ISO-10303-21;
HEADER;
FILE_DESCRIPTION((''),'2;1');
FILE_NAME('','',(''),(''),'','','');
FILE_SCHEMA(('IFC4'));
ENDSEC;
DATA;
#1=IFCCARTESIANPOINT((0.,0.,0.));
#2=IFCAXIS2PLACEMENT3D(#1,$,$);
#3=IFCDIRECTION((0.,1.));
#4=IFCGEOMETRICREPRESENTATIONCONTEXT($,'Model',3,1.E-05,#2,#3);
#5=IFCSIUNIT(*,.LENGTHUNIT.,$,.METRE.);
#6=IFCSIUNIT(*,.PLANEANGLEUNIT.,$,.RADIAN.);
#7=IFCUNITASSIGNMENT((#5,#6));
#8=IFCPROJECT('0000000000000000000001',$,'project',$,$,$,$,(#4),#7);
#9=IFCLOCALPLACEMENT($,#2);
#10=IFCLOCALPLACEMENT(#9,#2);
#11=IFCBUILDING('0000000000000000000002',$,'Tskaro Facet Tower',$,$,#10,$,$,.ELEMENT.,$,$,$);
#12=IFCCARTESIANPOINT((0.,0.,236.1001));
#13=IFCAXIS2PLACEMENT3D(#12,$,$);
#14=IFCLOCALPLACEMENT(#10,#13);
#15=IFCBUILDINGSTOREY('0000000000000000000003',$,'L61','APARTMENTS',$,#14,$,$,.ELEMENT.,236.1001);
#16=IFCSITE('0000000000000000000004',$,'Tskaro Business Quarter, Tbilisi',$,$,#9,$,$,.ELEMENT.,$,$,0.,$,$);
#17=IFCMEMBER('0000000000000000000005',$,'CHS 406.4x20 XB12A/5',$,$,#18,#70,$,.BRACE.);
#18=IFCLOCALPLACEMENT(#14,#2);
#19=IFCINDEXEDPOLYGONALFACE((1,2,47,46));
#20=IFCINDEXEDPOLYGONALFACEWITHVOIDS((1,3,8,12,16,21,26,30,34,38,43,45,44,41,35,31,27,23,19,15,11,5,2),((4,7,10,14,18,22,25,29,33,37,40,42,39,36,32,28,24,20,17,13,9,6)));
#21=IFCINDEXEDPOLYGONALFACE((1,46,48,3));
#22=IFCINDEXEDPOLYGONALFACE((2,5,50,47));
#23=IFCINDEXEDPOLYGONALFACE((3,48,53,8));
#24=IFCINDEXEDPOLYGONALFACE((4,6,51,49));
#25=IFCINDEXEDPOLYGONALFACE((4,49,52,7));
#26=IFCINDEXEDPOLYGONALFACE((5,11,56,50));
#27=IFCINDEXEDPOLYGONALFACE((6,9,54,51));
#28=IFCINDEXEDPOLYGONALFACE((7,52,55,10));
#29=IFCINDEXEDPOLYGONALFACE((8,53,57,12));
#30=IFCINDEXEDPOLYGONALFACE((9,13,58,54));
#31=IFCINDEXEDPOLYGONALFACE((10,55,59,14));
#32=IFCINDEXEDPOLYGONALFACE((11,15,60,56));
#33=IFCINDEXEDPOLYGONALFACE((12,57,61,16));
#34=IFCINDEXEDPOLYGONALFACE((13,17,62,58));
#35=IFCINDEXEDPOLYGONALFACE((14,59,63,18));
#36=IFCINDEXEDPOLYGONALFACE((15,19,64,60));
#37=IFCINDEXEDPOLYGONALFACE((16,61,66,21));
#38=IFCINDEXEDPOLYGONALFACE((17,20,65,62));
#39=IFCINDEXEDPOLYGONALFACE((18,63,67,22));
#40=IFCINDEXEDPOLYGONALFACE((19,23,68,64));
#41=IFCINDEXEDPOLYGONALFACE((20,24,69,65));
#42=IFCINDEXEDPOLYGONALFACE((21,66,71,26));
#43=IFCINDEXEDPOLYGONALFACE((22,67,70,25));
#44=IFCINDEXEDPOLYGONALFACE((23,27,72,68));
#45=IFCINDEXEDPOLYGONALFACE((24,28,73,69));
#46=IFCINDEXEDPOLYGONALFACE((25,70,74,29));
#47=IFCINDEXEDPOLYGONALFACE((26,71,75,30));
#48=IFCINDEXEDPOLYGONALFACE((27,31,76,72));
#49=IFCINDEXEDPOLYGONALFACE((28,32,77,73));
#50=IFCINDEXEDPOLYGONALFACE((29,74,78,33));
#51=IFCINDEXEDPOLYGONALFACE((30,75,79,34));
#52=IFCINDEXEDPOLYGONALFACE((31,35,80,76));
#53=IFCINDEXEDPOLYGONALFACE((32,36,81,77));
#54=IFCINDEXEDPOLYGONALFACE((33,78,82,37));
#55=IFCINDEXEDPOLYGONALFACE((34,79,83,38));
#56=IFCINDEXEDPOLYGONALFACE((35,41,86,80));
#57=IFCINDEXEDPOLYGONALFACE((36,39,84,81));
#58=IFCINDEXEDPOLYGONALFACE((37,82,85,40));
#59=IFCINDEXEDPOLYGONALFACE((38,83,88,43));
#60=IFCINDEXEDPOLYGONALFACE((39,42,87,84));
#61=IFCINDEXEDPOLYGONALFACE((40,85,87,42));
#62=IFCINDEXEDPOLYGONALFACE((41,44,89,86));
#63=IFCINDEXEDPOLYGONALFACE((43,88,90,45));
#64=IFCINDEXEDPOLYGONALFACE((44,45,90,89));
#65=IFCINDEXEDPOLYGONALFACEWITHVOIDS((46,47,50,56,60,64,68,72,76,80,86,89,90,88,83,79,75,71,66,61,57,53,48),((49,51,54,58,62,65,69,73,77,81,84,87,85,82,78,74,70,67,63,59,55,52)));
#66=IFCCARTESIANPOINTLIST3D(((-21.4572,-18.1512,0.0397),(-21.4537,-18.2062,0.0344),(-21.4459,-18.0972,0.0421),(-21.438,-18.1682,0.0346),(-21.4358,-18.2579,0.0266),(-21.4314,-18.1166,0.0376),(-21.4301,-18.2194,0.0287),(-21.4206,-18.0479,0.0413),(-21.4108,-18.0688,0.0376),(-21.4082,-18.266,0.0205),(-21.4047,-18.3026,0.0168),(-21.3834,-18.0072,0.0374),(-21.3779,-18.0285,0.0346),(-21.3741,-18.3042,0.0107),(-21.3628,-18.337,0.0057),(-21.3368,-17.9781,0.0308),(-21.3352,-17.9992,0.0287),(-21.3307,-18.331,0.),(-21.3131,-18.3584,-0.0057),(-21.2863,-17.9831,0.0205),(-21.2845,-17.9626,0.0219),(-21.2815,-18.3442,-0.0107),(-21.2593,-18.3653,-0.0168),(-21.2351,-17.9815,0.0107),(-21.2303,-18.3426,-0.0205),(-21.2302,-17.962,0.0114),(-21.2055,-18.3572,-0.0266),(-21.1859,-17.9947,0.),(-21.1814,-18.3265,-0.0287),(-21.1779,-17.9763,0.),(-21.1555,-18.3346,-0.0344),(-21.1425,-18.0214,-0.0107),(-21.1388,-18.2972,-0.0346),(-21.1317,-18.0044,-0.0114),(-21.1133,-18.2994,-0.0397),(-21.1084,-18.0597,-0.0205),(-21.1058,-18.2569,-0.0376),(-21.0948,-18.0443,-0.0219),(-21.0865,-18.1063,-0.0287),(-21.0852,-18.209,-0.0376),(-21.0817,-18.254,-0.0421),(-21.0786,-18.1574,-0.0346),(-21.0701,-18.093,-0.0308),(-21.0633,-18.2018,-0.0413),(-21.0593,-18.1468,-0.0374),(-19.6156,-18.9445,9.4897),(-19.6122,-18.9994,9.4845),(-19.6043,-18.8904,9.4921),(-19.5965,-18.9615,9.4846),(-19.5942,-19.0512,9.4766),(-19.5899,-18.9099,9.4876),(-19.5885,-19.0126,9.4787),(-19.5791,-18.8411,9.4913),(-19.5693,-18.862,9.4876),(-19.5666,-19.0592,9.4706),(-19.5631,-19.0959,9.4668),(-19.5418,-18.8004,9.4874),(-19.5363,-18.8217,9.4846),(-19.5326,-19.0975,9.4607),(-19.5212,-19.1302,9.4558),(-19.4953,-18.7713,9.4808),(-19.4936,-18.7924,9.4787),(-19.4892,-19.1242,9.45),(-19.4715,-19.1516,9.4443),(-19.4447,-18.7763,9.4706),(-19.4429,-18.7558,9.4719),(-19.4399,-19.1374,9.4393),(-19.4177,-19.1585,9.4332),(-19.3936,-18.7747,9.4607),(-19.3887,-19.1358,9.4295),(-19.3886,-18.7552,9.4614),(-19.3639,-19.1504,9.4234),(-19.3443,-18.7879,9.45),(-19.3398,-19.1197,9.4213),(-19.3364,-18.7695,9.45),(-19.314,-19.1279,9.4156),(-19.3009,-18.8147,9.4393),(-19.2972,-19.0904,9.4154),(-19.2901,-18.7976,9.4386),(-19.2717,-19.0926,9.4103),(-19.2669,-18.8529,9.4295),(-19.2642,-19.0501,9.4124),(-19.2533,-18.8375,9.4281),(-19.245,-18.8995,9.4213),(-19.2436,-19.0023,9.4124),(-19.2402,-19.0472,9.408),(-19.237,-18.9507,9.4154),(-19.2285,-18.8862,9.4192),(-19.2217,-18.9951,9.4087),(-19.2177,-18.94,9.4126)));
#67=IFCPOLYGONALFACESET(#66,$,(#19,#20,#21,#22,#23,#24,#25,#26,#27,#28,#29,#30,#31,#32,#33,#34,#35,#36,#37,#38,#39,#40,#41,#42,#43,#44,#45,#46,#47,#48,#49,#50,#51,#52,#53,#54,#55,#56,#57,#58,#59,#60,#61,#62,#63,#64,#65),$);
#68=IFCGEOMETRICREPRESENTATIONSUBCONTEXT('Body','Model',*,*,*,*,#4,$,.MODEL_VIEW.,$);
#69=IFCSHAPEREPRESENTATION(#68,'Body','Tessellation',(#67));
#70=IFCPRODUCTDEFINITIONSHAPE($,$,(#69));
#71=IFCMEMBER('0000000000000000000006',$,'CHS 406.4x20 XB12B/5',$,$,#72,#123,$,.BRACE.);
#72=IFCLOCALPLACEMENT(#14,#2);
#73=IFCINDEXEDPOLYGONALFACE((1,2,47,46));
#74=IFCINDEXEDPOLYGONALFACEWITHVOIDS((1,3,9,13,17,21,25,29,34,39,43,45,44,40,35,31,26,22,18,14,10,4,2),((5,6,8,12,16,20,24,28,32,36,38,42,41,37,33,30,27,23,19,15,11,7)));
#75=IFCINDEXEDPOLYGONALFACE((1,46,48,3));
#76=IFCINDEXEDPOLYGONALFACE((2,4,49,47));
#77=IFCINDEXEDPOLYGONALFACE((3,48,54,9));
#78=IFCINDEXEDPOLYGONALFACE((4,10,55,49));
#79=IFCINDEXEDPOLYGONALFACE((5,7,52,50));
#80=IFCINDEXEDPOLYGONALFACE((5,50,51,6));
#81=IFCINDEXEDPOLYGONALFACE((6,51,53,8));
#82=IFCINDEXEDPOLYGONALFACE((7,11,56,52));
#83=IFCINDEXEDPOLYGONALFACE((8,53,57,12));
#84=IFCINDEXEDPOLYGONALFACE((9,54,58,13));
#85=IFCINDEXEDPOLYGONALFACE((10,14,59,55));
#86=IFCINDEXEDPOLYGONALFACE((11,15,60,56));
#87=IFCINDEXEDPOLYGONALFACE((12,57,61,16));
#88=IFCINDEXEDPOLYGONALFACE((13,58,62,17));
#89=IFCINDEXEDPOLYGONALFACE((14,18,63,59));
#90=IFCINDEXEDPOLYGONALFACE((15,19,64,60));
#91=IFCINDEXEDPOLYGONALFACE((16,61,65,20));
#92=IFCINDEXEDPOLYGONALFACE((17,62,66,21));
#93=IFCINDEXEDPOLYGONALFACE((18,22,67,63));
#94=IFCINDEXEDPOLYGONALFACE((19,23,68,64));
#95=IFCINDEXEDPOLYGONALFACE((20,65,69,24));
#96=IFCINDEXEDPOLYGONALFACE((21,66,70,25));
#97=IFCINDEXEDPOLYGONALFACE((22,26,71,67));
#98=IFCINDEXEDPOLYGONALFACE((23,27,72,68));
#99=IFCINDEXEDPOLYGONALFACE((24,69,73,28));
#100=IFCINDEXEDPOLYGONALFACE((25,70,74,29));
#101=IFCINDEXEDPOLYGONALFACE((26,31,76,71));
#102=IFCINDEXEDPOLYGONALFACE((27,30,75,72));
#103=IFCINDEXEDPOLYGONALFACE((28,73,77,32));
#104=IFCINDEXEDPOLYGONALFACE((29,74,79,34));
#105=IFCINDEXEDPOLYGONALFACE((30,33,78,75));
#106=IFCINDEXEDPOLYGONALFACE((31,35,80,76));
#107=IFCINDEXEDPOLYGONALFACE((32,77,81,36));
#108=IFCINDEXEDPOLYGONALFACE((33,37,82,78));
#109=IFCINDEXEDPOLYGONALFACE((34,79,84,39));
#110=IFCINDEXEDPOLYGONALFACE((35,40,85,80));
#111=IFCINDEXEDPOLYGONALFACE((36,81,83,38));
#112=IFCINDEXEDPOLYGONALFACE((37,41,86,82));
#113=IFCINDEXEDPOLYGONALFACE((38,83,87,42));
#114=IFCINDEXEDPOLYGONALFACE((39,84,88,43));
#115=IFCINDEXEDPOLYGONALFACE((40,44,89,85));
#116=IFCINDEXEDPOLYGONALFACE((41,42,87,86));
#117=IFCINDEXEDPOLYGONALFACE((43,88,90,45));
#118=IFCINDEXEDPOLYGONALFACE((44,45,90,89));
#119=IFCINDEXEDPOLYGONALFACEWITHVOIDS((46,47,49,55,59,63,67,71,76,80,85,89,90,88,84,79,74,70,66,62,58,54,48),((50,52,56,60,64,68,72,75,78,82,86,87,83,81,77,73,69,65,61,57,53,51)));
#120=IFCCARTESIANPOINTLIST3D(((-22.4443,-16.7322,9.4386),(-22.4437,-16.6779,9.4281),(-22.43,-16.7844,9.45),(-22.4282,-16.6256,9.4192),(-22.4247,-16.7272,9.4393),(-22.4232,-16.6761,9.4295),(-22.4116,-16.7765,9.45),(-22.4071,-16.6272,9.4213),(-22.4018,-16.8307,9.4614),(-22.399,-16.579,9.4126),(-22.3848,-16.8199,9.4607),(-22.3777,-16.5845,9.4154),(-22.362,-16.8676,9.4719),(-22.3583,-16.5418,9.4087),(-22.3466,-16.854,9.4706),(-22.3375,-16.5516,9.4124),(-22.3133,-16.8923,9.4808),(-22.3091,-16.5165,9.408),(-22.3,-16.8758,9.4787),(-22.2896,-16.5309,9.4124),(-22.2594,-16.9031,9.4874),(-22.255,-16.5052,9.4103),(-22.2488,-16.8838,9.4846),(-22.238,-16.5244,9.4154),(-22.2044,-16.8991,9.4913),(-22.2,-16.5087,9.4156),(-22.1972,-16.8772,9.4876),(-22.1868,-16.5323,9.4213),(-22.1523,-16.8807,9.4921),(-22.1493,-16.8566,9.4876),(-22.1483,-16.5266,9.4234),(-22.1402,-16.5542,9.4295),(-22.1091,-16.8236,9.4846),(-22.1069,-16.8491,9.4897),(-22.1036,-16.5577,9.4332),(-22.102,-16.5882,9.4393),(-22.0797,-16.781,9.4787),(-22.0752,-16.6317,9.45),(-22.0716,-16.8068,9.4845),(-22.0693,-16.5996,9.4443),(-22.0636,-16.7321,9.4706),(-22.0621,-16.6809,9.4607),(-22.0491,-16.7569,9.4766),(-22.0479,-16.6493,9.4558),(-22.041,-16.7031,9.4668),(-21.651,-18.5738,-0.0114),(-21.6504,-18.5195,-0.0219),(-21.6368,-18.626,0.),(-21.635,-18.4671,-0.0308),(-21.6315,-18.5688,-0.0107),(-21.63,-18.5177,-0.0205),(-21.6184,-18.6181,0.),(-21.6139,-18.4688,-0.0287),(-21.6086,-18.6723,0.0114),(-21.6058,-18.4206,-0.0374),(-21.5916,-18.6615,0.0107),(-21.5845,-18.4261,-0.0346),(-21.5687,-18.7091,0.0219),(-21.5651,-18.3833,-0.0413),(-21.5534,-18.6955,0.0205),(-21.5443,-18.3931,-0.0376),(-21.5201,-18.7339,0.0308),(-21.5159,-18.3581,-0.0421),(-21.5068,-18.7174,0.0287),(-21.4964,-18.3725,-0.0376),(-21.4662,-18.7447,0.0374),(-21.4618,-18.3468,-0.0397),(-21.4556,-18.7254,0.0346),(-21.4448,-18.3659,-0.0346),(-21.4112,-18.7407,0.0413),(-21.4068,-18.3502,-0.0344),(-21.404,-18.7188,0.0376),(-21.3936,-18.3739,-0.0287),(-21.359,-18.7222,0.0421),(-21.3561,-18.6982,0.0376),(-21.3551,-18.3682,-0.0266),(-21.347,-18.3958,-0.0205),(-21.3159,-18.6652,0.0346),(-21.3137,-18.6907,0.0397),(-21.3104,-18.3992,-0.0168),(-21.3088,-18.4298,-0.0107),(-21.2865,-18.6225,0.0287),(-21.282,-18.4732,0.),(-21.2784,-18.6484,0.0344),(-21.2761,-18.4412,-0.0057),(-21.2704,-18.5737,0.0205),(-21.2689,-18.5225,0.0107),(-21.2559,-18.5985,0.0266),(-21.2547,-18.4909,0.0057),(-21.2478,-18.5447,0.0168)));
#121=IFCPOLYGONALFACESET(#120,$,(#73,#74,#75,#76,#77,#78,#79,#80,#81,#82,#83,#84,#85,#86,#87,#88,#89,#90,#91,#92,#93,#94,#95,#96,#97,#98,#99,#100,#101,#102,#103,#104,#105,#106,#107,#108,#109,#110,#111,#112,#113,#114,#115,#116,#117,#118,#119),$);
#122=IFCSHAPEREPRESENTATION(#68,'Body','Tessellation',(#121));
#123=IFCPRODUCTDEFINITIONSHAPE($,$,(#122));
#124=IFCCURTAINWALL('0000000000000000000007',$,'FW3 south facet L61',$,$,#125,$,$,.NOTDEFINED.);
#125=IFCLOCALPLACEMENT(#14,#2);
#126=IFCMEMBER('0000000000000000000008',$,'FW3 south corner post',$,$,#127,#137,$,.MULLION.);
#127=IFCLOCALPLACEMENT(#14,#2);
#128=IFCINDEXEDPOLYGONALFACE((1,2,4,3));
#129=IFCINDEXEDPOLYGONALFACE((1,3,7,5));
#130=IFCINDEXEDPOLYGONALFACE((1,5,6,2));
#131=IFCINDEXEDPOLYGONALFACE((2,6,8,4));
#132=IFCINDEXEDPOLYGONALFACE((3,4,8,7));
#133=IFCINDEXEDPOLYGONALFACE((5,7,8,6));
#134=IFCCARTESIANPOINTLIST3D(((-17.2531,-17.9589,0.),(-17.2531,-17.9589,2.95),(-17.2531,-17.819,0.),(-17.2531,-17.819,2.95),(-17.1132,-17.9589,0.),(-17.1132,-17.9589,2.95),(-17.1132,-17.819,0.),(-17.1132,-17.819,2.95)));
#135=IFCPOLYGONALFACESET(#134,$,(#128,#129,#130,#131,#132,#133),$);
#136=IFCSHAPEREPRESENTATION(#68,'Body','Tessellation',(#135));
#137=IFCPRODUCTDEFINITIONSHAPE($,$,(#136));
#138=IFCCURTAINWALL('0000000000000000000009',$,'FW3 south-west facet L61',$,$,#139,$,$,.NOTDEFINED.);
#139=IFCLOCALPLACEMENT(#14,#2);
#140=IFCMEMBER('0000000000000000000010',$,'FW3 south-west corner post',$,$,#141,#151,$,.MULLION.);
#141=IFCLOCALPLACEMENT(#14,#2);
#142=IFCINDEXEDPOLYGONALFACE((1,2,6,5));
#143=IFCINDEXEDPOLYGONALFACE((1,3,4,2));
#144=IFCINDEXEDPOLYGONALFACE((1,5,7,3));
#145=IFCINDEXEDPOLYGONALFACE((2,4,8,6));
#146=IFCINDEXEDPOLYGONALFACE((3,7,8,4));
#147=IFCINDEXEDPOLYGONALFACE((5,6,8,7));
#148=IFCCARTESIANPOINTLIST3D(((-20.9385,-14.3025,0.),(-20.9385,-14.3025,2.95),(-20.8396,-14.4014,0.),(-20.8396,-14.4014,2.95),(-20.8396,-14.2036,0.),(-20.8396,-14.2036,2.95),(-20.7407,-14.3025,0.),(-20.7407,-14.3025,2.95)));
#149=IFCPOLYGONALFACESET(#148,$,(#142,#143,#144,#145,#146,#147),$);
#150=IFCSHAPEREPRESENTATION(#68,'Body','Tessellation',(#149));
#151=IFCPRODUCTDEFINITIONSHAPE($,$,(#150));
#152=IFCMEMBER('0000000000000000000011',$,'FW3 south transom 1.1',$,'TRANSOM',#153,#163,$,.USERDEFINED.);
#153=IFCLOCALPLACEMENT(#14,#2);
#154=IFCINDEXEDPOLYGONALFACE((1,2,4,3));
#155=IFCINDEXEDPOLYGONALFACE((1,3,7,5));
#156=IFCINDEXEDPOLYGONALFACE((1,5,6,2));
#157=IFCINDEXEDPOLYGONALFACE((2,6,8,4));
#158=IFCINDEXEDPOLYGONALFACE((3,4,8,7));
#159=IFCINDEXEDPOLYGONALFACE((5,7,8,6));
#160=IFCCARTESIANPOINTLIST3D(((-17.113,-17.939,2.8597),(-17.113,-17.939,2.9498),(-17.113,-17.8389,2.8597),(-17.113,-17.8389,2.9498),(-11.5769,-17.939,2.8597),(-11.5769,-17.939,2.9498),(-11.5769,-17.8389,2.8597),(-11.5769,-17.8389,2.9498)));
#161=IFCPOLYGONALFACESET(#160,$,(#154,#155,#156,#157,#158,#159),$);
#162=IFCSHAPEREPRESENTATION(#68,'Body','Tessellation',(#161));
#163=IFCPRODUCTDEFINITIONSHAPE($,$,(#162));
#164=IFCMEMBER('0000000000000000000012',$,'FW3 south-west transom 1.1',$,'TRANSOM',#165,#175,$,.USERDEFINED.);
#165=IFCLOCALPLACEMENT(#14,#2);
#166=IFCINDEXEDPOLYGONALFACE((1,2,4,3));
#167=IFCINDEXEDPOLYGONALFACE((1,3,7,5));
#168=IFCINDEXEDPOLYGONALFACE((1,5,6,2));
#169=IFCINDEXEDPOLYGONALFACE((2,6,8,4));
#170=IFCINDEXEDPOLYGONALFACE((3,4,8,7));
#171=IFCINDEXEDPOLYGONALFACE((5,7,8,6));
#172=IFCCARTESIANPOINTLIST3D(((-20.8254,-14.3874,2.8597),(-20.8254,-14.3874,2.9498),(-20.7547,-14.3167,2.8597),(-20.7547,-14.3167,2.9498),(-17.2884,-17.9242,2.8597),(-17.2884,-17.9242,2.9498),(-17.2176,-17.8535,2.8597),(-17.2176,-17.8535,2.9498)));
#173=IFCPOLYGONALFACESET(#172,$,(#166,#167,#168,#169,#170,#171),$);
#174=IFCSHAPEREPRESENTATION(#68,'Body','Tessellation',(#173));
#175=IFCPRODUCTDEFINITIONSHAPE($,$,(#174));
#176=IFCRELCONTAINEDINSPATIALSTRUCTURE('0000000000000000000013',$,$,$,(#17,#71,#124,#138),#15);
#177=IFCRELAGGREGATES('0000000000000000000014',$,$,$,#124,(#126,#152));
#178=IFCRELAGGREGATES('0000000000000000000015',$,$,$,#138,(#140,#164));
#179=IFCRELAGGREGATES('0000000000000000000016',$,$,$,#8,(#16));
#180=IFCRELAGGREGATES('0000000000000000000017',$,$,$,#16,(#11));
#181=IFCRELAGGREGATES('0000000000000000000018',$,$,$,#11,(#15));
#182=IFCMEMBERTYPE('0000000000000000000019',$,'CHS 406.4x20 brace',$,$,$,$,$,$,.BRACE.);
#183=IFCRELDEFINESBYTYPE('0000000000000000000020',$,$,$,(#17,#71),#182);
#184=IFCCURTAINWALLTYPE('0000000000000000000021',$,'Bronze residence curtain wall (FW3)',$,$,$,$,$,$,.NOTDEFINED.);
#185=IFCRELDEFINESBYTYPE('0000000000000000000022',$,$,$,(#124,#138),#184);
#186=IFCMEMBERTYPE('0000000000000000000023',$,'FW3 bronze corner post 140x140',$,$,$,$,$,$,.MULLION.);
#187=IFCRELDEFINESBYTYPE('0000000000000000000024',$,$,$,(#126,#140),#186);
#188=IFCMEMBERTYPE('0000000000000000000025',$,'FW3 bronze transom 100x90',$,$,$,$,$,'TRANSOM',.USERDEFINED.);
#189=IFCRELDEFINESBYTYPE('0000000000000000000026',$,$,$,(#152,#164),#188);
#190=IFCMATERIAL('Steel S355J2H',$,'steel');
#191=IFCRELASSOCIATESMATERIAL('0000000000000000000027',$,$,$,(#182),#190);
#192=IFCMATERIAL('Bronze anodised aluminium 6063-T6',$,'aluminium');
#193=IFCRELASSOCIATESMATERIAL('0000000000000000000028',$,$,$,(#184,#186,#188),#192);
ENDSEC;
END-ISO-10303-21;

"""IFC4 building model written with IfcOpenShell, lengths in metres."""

from ifc_helpers import new_model, si_unit, direction, frame, origin, origin_2d, place, context, subcontext, project, spatial, rectangle, hollow_circle, extrude, material, material_profile, profile_set, type_object, element, aggregate, save


model = new_model("IFC4")

# Units and contexts
model_context = context("Model", 3, precision=1e-05, world=origin(), true_north=direction((0.0, 1.0)))
body_context = subcontext(model_context, "Body", "Model", "MODEL_VIEW")
ifc_project = project(units=[si_unit("LENGTHUNIT", "METRE"), si_unit("PLANEANGLEUNIT", "RADIAN")], contexts=[model_context])

# Site, building, storey
site_placement = place(None, origin())
site = spatial("IfcSite", under=ifc_project, at=site_placement, Name="Tskaro Business Quarter, Tbilisi", CompositionType="ELEMENT", RefElevation=0.0)
building_placement = place(site_placement, origin())
building = spatial("IfcBuilding", under=site, at=building_placement, Name="Tskaro Facet Tower", CompositionType="ELEMENT")
storey_placement = place(building_placement, frame((0.0, 0.0, 236.1001)))
storey = spatial("IfcBuildingStorey", under=building, at=storey_placement, Name="L61", Description="APARTMENTS", CompositionType="ELEMENT", Elevation=236.1001)

# Shared definitions
ifc_material_1 = material(Name="Steel S355J2H", Category="steel")

# Members
ifc_material_profile_1 = material_profile(ifc_material_1, hollow_circle(Radius=0.2031, WallThickness=0.02, at=origin_2d()), Name="CHS 406.4x20")
ifc_profile_set_1 = profile_set([ifc_material_profile_1], Name="Steel S355J2H")
member_type_1 = type_object("IfcMemberType", Name="CHS 406.4x20 brace", PredefinedType="BRACE", material=ifc_profile_set_1)
for number, where, z_axis, x_axis, name in (
    (1, (-21.2583, -18.1628, 0.0), (0.19063, -0.08211, 0.978222), (0.395594, 0.918426, 0.0), "CHS 406.4x20 XB12A/5"),
    (2, (-21.4502, -18.5457, 0.0), (-0.08211, 0.19063, 0.978222), (-0.918426, -0.395594, 0.0), "CHS 406.4x20 XB12B/5"),
):
    element("IfcMember", number, at=place(storey_placement, frame(where, z_axis=z_axis, x_axis=x_axis)), inside=storey, type_object=member_type_1, Name=name, PredefinedType="BRACE", context=body_context, shape_type="SweptSolid", body=[
        extrude(hollow_circle(Radius=0.2031, WallThickness=0.02, at=origin_2d()), origin(), (0.0, 0.0, 1.0), 9.6604),
    ])

# Curtain walls, members
ifc_material_2 = material(Name="Bronze anodised aluminium 6063-T6", Category="aluminium")
curtain_wall_type = type_object("IfcCurtainWallType", Name="Bronze residence curtain wall (FW3)", PredefinedType="NOTDEFINED", material=ifc_material_2)
curtain_wall_1_placement = place(storey_placement, origin())
curtain_wall_1 = element("IfcCurtainWall", 3, at=curtain_wall_1_placement, inside=storey, type_object=curtain_wall_type, Name="FW3 south facet L61", PredefinedType="NOTDEFINED")
ifc_material_profile_2 = material_profile(ifc_material_2, rectangle(XDim=0.1399, YDim=0.1399, at=origin_2d()), Name="Corner post 140x140")
ifc_profile_set_2 = profile_set([ifc_material_profile_2], Name="Bronze anodised aluminium 6063-T6")
member_type_2 = type_object("IfcMemberType", Name="FW3 bronze corner post 140x140", PredefinedType="MULLION", material=ifc_profile_set_2)
member_1_placement = place(storey_placement, frame((-17.1831, -17.8889, 0.0), z_axis=(0.0, 0.0, 1.0), x_axis=(1.0, 0.0, 0.0)))
member_1 = element("IfcMember", 4, at=member_1_placement, type_object=member_type_2, Name="FW3 south corner post", PredefinedType="MULLION", context=body_context, shape_type="SweptSolid", body=[
    extrude(rectangle(XDim=0.1399, YDim=0.1399, at=origin_2d()), origin(), (0.0, 0.0, 1.0), 2.95),
])
curtain_wall_2_placement = place(storey_placement, origin())
curtain_wall_2 = element("IfcCurtainWall", 5, at=curtain_wall_2_placement, inside=storey, type_object=curtain_wall_type, Name="FW3 south-west facet L61", PredefinedType="NOTDEFINED")
member_2_placement = place(storey_placement, frame((-20.8396, -14.3025, 0.0), z_axis=(0.0, 0.0, 1.0), x_axis=(0.707107, -0.707107, 0.0)))
member_2 = element("IfcMember", 6, at=member_2_placement, type_object=member_type_2, Name="FW3 south-west corner post", PredefinedType="MULLION", context=body_context, shape_type="SweptSolid", body=[
    extrude(rectangle(XDim=0.1399, YDim=0.1399, at=origin_2d()), origin(), (0.0, 0.0, 1.0), 2.95),
])

# Members
ifc_material_profile_3 = material_profile(ifc_material_2, rectangle(XDim=0.1001, YDim=0.0901, at=origin_2d()), Name="Transom 100x90")
ifc_profile_set_3 = profile_set([ifc_material_profile_3], Name="Bronze anodised aluminium 6063-T6")
member_type_3 = type_object("IfcMemberType", Name="FW3 bronze transom 100x90", ElementType="TRANSOM", PredefinedType="USERDEFINED", material=ifc_profile_set_3)
member_3_placement = place(storey_placement, frame((-17.113, -17.8889, 2.9048), z_axis=(1.0, 0.0, 0.0), x_axis=(0.0, 1.0, 0.0)))
member_3 = element("IfcMember", 7, at=member_3_placement, type_object=member_type_3, Name="FW3 south transom 1.1", ObjectType="TRANSOM", PredefinedType="USERDEFINED", context=body_context, shape_type="SweptSolid", body=[
    extrude(rectangle(XDim=0.1001, YDim=0.0901, at=origin_2d()), origin(), (0.0, 0.0, 1.0), 5.5361),
])
aggregate(curtain_wall_1, [member_1, member_3])
member_4_placement = place(storey_placement, frame((-20.79, -14.3521, 2.9048), z_axis=(0.707131, -0.707082, 0.0), x_axis=(0.707082, 0.707131, 0.0)))
member_4 = element("IfcMember", 8, at=member_4_placement, type_object=member_type_3, Name="FW3 south-west transom 1.1", ObjectType="TRANSOM", PredefinedType="USERDEFINED", context=body_context, shape_type="SweptSolid", body=[
    extrude(rectangle(XDim=0.1001, YDim=0.0901, at=origin_2d()), origin(), (0.0, 0.0, 1.0), 5.002),
])

aggregate(curtain_wall_2, [member_2, member_4])

save(model, "model.ifc")
